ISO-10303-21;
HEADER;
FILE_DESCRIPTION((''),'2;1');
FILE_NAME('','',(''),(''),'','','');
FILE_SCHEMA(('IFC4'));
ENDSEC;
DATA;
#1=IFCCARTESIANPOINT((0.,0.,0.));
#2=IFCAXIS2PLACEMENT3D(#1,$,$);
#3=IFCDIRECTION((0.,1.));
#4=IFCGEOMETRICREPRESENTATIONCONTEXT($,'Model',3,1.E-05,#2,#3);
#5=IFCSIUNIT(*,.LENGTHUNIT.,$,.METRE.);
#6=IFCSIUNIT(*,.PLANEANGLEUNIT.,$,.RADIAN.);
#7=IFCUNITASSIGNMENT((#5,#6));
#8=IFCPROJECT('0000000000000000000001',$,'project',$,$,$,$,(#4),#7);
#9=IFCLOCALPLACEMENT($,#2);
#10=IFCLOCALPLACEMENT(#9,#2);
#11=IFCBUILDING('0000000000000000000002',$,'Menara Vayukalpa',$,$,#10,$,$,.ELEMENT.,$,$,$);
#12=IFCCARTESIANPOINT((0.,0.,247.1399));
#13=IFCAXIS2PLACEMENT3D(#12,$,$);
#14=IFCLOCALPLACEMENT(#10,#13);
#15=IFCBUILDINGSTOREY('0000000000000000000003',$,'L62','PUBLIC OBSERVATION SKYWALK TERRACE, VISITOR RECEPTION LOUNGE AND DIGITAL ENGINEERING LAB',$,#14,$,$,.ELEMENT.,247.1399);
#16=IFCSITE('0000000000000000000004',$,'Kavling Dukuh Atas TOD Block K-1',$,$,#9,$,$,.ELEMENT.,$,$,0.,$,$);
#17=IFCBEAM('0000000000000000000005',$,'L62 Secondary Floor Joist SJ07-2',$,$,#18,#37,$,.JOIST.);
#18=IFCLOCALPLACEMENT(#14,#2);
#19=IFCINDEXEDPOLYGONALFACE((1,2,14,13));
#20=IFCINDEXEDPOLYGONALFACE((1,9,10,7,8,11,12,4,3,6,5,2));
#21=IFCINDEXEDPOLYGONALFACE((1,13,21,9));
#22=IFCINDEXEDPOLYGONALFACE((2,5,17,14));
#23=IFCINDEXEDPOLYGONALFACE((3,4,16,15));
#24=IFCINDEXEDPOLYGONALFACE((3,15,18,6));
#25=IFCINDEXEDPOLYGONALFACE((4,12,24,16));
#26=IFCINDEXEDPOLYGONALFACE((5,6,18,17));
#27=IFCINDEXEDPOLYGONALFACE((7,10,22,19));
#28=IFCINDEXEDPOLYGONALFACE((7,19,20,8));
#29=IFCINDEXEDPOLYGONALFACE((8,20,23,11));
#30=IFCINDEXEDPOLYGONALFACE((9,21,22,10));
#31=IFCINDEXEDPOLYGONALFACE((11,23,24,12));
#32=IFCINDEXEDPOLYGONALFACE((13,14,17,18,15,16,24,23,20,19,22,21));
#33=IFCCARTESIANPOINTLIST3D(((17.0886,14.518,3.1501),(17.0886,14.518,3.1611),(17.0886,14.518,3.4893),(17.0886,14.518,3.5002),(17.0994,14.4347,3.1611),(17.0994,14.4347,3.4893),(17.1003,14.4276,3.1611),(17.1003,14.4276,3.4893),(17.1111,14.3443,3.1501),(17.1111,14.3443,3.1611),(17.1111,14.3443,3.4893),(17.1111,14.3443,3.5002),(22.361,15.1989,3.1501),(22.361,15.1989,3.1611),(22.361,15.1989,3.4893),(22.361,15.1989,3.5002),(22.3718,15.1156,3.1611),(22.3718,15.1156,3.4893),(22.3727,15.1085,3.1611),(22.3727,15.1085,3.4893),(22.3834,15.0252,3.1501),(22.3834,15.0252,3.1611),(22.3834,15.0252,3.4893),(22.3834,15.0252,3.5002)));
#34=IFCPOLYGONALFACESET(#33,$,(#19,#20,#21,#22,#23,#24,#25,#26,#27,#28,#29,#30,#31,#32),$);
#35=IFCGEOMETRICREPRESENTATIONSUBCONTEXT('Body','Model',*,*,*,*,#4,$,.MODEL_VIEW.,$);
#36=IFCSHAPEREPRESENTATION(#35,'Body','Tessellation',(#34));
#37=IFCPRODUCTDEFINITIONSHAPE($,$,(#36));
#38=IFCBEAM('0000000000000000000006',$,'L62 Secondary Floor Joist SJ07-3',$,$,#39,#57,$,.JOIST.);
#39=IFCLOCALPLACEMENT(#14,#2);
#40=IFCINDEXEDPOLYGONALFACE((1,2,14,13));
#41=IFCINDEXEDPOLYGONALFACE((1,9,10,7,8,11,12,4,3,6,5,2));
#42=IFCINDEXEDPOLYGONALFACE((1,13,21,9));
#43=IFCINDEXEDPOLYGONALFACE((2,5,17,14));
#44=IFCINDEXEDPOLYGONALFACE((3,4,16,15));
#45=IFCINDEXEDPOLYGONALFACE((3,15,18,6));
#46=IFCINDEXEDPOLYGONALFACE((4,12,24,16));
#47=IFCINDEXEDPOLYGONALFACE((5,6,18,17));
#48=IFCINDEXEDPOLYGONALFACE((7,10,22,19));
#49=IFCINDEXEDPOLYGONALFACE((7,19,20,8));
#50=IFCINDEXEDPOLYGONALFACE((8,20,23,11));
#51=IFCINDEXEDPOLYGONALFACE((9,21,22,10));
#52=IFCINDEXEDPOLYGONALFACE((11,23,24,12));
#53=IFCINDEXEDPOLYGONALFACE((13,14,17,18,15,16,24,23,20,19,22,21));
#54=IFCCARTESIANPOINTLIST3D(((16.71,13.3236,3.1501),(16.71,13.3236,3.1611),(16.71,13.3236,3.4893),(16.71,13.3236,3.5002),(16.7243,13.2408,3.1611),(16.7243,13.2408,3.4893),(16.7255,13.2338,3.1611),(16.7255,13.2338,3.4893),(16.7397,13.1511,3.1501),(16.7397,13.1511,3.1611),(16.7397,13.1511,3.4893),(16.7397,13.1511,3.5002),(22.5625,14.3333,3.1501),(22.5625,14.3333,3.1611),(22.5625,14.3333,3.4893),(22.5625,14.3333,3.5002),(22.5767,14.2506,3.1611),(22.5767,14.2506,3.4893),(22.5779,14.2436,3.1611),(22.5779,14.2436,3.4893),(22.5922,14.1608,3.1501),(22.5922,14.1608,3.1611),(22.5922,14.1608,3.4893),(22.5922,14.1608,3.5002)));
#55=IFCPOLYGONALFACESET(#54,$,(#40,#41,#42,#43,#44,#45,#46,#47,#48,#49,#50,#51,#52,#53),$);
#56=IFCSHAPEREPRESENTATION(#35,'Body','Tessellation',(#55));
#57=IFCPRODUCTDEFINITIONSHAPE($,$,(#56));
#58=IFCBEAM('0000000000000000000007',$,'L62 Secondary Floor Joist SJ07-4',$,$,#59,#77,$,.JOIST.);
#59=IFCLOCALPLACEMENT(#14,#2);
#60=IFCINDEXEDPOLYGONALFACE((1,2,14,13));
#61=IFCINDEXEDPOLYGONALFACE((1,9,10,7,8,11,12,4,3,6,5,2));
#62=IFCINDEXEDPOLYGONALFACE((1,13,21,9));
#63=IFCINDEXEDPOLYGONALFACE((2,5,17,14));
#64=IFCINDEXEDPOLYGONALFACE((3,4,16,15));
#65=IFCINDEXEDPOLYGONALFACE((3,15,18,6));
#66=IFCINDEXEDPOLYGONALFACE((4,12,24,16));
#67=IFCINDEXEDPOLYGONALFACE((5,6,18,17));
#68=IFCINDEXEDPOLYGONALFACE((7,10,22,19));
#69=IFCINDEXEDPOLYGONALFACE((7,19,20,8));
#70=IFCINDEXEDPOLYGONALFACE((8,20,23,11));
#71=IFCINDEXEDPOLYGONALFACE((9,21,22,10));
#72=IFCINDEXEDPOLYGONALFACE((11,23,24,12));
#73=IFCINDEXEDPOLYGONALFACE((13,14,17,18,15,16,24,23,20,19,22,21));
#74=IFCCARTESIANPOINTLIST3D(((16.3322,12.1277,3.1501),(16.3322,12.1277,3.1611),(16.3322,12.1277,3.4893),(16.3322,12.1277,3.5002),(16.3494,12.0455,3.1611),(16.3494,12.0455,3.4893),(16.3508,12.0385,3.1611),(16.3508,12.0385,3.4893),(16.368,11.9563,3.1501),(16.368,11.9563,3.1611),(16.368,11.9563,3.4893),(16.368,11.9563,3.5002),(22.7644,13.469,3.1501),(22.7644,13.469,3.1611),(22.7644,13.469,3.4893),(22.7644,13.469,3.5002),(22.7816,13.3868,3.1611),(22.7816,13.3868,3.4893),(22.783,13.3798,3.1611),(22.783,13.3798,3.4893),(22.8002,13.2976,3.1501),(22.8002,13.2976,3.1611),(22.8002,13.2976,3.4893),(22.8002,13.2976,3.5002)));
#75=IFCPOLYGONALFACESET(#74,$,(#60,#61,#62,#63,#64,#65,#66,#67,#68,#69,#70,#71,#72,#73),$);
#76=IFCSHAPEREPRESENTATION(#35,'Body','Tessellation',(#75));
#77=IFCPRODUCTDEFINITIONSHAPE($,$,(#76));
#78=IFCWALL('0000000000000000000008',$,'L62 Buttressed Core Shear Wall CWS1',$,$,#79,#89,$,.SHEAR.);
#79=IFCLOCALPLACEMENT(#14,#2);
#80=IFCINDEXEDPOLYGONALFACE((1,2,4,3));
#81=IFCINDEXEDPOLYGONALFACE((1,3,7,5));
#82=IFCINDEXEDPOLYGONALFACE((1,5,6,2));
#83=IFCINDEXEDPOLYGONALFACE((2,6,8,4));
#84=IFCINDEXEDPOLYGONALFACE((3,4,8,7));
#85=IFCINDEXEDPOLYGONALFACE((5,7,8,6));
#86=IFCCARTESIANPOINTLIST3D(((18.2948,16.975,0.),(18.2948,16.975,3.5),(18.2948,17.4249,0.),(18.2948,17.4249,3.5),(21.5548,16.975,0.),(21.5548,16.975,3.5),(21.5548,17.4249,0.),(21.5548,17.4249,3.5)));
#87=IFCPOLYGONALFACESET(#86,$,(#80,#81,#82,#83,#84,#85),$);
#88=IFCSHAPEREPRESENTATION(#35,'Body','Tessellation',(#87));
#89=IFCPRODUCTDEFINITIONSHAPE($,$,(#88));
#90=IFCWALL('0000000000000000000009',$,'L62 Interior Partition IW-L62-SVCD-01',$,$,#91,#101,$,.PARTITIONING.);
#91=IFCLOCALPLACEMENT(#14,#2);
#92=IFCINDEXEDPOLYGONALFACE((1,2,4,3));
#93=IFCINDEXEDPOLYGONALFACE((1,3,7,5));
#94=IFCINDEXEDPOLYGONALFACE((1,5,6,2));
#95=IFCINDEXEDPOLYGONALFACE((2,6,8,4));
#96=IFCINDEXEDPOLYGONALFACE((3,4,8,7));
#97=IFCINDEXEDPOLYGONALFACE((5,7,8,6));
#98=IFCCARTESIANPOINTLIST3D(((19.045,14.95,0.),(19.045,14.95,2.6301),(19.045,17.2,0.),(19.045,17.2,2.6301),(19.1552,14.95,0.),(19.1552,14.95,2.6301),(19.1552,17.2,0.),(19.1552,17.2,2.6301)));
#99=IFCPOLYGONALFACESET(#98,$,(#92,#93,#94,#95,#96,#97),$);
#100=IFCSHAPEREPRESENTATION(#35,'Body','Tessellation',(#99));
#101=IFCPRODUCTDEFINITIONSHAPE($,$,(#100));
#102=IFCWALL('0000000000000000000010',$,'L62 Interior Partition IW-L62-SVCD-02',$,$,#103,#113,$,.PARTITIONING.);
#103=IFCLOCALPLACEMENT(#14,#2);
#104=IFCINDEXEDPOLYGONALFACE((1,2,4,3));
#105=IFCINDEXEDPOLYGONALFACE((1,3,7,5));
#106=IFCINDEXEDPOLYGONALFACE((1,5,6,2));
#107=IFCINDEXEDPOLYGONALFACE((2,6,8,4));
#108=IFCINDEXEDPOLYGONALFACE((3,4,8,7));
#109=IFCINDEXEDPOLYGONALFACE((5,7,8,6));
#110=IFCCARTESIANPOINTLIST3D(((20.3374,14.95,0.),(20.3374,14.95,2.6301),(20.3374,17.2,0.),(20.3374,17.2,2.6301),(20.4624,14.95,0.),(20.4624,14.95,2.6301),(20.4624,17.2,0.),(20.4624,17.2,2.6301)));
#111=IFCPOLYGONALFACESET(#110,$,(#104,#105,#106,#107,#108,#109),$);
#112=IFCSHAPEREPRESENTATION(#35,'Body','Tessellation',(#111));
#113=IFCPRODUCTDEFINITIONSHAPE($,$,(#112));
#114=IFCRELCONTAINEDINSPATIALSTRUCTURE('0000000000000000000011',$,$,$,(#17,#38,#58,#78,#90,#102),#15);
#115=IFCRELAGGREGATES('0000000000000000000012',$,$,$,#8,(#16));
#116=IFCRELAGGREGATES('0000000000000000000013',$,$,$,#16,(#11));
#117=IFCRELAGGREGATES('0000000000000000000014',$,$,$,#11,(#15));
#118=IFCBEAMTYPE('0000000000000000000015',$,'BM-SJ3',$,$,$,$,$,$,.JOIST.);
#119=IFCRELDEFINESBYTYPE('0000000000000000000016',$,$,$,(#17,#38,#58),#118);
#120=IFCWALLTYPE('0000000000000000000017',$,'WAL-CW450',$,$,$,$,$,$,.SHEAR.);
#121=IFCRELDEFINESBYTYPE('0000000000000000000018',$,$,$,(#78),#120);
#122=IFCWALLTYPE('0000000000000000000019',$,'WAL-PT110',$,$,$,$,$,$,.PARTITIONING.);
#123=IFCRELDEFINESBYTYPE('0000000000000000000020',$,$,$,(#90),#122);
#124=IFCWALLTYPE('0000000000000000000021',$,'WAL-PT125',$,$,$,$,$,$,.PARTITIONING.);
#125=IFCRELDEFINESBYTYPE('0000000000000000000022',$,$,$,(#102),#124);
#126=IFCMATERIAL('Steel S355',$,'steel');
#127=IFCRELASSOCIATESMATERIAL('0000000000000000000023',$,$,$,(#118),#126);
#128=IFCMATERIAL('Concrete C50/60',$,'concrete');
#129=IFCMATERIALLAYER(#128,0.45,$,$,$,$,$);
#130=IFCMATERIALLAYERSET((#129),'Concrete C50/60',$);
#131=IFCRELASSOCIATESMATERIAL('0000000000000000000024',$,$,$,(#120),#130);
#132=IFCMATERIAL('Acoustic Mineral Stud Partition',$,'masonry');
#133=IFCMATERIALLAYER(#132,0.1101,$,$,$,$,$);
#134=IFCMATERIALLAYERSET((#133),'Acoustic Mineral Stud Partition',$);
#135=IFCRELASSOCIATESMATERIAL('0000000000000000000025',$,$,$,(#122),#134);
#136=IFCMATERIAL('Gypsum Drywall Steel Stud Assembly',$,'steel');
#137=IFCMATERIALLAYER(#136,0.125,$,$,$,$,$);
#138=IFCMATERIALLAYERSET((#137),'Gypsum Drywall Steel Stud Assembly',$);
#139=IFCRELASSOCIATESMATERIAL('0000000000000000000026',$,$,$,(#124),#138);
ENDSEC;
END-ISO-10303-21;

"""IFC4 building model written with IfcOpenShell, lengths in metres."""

from ifc_helpers import new_model, si_unit, direction, frame, frame_2d, origin, origin_2d, place, context, subcontext, project, spatial, rectangle, i_section, extrude, material, layer, layer_set, material_profile, profile_set, type_object, element, save


model = new_model("IFC4")

# Units and contexts
model_context = context("Model", 3, precision=1e-05, world=origin(), true_north=direction((0.0, 1.0)))
body_context = subcontext(model_context, "Body", "Model", "MODEL_VIEW")
ifc_project = project(units=[si_unit("LENGTHUNIT", "METRE"), si_unit("PLANEANGLEUNIT", "RADIAN")], contexts=[model_context])

# Site, building, storey
site_placement = place(None, origin())
site = spatial("IfcSite", under=ifc_project, at=site_placement, Name="Kavling Dukuh Atas TOD Block K-1", CompositionType="ELEMENT", RefElevation=0.0)
building_placement = place(site_placement, origin())
building = spatial("IfcBuilding", under=site, at=building_placement, Name="Menara Vayukalpa", CompositionType="ELEMENT")
storey_placement = place(building_placement, frame((0.0, 0.0, 247.1399)))
storey = spatial("IfcBuildingStorey", under=building, at=storey_placement, Name="L62", Description="PUBLIC OBSERVATION SKYWALK TERRACE, VISITOR RECEPTION LOUNGE AND DIGITAL ENGINEERING LAB", CompositionType="ELEMENT", Elevation=247.1399)

# Beams
ifc_material_1 = material(Name="Steel S355", Category="steel")
ifc_material_profile_1 = material_profile(ifc_material_1, i_section(OverallWidth=0.175, OverallDepth=0.3501, WebThickness=0.0071, FlangeThickness=0.011, at=origin_2d()), Name="WF 350x175x7x11")
ifc_profile_set_1 = profile_set([ifc_material_profile_1], Name="Steel S355")
beam_type_1 = type_object("IfcBeamType", Name="BM-SJ3", PredefinedType="JOIST", material=ifc_profile_set_1)
beam_1_placement = place(storey_placement, frame((17.0999, 14.4312, 3.3252), z_axis=(0.991764, 0.128081, 0.0), x_axis=(-0.128081, 0.991764, 0.0)))
element("IfcBeam", 1, at=beam_1_placement, inside=storey, type_object=beam_type_1, Name="L62 Secondary Floor Joist SJ07-2", PredefinedType="JOIST", context=body_context, shape_type="SweptSolid", body=[
    extrude(i_section(OverallWidth=0.175, OverallDepth=0.3501, WebThickness=0.0071, FlangeThickness=0.011, at=origin_2d()), origin(), (0.0, 0.0, 1.0), 5.3162),
])
beam_2_placement = place(storey_placement, frame((16.7249, 13.2373, 3.3252), z_axis=(0.98544, 0.170023, 0.0), x_axis=(-0.170023, 0.98544, 0.0)))
element("IfcBeam", 2, at=beam_2_placement, inside=storey, type_object=beam_type_1, Name="L62 Secondary Floor Joist SJ07-3", PredefinedType="JOIST", context=body_context, shape_type="SweptSolid", body=[
    extrude(i_section(OverallWidth=0.175, OverallDepth=0.3501, WebThickness=0.0071, FlangeThickness=0.011, at=origin_2d()), origin(), (0.0, 0.0, 1.0), 5.939),
])
beam_3_placement = place(storey_placement, frame((16.3501, 12.042, 3.3252), z_axis=(0.978941, 0.204141, 0.0), x_axis=(-0.204141, 0.978941, 0.0)))
element("IfcBeam", 3, at=beam_3_placement, inside=storey, type_object=beam_type_1, Name="L62 Secondary Floor Joist SJ07-4", PredefinedType="JOIST", context=body_context, shape_type="SweptSolid", body=[
    extrude(i_section(OverallWidth=0.175, OverallDepth=0.3501, WebThickness=0.0071, FlangeThickness=0.011, at=origin_2d()), origin(), (0.0, 0.0, 1.0), 6.5706),
])

# Walls
ifc_material_2 = material(Name="Concrete C50/60", Category="concrete")
ifc_layer_1 = layer(ifc_material_2, 0.45)
ifc_layer_set_1 = layer_set([ifc_layer_1], Name="Concrete C50/60")
wall_type_1 = type_object("IfcWallType", Name="WAL-CW450", PredefinedType="SHEAR", material=ifc_layer_set_1)
wall_1_placement = place(storey_placement, frame((18.2949, 17.2, 0.0), z_axis=(0.0, 0.0, 1.0), x_axis=(1.0, 0.0, 0.0)))
element("IfcWall", 4, at=wall_1_placement, inside=storey, type_object=wall_type_1, Name="L62 Buttressed Core Shear Wall CWS1", PredefinedType="SHEAR", context=body_context, shape_type="SweptSolid", body=[
    extrude(rectangle(XDim=3.26, YDim=0.45, at=frame_2d((1.6299, 0.0))), origin(), (0.0, 0.0, 1.0), 3.5),
])
ifc_material_3 = material(Name="Acoustic Mineral Stud Partition", Category="masonry")
ifc_layer_2 = layer(ifc_material_3, 0.1101)
ifc_layer_set_2 = layer_set([ifc_layer_2], Name="Acoustic Mineral Stud Partition")
wall_type_2 = type_object("IfcWallType", Name="WAL-PT110", PredefinedType="PARTITIONING", material=ifc_layer_set_2)
wall_2_placement = place(storey_placement, frame((19.1001, 14.95, 0.0), z_axis=(0.0, 0.0, 1.0), x_axis=(0.0, 1.0, 0.0)))
element("IfcWall", 5, at=wall_2_placement, inside=storey, type_object=wall_type_2, Name="L62 Interior Partition IW-L62-SVCD-01", PredefinedType="PARTITIONING", context=body_context, shape_type="SweptSolid", body=[
    extrude(rectangle(XDim=2.25, YDim=0.1101, at=frame_2d((1.125, 0.0))), origin(), (0.0, 0.0, 1.0), 2.6301),
])
ifc_material_4 = material(Name="Gypsum Drywall Steel Stud Assembly", Category="steel")
ifc_layer_3 = layer(ifc_material_4, 0.125)
ifc_layer_set_3 = layer_set([ifc_layer_3], Name="Gypsum Drywall Steel Stud Assembly")
wall_type_3 = type_object("IfcWallType", Name="WAL-PT125", PredefinedType="PARTITIONING", material=ifc_layer_set_3)
wall_3_placement = place(storey_placement, frame((20.3999, 14.95, 0.0), z_axis=(0.0, 0.0, 1.0), x_axis=(0.0, 1.0, 0.0)))
element("IfcWall", 6, at=wall_3_placement, inside=storey, type_object=wall_type_3, Name="L62 Interior Partition IW-L62-SVCD-02", PredefinedType="PARTITIONING", context=body_context, shape_type="SweptSolid", body=[
    extrude(rectangle(XDim=2.25, YDim=0.125, at=frame_2d((1.125, 0.0))), origin(), (0.0, 0.0, 1.0), 2.6301),
])

save(model, "model.ifc")
